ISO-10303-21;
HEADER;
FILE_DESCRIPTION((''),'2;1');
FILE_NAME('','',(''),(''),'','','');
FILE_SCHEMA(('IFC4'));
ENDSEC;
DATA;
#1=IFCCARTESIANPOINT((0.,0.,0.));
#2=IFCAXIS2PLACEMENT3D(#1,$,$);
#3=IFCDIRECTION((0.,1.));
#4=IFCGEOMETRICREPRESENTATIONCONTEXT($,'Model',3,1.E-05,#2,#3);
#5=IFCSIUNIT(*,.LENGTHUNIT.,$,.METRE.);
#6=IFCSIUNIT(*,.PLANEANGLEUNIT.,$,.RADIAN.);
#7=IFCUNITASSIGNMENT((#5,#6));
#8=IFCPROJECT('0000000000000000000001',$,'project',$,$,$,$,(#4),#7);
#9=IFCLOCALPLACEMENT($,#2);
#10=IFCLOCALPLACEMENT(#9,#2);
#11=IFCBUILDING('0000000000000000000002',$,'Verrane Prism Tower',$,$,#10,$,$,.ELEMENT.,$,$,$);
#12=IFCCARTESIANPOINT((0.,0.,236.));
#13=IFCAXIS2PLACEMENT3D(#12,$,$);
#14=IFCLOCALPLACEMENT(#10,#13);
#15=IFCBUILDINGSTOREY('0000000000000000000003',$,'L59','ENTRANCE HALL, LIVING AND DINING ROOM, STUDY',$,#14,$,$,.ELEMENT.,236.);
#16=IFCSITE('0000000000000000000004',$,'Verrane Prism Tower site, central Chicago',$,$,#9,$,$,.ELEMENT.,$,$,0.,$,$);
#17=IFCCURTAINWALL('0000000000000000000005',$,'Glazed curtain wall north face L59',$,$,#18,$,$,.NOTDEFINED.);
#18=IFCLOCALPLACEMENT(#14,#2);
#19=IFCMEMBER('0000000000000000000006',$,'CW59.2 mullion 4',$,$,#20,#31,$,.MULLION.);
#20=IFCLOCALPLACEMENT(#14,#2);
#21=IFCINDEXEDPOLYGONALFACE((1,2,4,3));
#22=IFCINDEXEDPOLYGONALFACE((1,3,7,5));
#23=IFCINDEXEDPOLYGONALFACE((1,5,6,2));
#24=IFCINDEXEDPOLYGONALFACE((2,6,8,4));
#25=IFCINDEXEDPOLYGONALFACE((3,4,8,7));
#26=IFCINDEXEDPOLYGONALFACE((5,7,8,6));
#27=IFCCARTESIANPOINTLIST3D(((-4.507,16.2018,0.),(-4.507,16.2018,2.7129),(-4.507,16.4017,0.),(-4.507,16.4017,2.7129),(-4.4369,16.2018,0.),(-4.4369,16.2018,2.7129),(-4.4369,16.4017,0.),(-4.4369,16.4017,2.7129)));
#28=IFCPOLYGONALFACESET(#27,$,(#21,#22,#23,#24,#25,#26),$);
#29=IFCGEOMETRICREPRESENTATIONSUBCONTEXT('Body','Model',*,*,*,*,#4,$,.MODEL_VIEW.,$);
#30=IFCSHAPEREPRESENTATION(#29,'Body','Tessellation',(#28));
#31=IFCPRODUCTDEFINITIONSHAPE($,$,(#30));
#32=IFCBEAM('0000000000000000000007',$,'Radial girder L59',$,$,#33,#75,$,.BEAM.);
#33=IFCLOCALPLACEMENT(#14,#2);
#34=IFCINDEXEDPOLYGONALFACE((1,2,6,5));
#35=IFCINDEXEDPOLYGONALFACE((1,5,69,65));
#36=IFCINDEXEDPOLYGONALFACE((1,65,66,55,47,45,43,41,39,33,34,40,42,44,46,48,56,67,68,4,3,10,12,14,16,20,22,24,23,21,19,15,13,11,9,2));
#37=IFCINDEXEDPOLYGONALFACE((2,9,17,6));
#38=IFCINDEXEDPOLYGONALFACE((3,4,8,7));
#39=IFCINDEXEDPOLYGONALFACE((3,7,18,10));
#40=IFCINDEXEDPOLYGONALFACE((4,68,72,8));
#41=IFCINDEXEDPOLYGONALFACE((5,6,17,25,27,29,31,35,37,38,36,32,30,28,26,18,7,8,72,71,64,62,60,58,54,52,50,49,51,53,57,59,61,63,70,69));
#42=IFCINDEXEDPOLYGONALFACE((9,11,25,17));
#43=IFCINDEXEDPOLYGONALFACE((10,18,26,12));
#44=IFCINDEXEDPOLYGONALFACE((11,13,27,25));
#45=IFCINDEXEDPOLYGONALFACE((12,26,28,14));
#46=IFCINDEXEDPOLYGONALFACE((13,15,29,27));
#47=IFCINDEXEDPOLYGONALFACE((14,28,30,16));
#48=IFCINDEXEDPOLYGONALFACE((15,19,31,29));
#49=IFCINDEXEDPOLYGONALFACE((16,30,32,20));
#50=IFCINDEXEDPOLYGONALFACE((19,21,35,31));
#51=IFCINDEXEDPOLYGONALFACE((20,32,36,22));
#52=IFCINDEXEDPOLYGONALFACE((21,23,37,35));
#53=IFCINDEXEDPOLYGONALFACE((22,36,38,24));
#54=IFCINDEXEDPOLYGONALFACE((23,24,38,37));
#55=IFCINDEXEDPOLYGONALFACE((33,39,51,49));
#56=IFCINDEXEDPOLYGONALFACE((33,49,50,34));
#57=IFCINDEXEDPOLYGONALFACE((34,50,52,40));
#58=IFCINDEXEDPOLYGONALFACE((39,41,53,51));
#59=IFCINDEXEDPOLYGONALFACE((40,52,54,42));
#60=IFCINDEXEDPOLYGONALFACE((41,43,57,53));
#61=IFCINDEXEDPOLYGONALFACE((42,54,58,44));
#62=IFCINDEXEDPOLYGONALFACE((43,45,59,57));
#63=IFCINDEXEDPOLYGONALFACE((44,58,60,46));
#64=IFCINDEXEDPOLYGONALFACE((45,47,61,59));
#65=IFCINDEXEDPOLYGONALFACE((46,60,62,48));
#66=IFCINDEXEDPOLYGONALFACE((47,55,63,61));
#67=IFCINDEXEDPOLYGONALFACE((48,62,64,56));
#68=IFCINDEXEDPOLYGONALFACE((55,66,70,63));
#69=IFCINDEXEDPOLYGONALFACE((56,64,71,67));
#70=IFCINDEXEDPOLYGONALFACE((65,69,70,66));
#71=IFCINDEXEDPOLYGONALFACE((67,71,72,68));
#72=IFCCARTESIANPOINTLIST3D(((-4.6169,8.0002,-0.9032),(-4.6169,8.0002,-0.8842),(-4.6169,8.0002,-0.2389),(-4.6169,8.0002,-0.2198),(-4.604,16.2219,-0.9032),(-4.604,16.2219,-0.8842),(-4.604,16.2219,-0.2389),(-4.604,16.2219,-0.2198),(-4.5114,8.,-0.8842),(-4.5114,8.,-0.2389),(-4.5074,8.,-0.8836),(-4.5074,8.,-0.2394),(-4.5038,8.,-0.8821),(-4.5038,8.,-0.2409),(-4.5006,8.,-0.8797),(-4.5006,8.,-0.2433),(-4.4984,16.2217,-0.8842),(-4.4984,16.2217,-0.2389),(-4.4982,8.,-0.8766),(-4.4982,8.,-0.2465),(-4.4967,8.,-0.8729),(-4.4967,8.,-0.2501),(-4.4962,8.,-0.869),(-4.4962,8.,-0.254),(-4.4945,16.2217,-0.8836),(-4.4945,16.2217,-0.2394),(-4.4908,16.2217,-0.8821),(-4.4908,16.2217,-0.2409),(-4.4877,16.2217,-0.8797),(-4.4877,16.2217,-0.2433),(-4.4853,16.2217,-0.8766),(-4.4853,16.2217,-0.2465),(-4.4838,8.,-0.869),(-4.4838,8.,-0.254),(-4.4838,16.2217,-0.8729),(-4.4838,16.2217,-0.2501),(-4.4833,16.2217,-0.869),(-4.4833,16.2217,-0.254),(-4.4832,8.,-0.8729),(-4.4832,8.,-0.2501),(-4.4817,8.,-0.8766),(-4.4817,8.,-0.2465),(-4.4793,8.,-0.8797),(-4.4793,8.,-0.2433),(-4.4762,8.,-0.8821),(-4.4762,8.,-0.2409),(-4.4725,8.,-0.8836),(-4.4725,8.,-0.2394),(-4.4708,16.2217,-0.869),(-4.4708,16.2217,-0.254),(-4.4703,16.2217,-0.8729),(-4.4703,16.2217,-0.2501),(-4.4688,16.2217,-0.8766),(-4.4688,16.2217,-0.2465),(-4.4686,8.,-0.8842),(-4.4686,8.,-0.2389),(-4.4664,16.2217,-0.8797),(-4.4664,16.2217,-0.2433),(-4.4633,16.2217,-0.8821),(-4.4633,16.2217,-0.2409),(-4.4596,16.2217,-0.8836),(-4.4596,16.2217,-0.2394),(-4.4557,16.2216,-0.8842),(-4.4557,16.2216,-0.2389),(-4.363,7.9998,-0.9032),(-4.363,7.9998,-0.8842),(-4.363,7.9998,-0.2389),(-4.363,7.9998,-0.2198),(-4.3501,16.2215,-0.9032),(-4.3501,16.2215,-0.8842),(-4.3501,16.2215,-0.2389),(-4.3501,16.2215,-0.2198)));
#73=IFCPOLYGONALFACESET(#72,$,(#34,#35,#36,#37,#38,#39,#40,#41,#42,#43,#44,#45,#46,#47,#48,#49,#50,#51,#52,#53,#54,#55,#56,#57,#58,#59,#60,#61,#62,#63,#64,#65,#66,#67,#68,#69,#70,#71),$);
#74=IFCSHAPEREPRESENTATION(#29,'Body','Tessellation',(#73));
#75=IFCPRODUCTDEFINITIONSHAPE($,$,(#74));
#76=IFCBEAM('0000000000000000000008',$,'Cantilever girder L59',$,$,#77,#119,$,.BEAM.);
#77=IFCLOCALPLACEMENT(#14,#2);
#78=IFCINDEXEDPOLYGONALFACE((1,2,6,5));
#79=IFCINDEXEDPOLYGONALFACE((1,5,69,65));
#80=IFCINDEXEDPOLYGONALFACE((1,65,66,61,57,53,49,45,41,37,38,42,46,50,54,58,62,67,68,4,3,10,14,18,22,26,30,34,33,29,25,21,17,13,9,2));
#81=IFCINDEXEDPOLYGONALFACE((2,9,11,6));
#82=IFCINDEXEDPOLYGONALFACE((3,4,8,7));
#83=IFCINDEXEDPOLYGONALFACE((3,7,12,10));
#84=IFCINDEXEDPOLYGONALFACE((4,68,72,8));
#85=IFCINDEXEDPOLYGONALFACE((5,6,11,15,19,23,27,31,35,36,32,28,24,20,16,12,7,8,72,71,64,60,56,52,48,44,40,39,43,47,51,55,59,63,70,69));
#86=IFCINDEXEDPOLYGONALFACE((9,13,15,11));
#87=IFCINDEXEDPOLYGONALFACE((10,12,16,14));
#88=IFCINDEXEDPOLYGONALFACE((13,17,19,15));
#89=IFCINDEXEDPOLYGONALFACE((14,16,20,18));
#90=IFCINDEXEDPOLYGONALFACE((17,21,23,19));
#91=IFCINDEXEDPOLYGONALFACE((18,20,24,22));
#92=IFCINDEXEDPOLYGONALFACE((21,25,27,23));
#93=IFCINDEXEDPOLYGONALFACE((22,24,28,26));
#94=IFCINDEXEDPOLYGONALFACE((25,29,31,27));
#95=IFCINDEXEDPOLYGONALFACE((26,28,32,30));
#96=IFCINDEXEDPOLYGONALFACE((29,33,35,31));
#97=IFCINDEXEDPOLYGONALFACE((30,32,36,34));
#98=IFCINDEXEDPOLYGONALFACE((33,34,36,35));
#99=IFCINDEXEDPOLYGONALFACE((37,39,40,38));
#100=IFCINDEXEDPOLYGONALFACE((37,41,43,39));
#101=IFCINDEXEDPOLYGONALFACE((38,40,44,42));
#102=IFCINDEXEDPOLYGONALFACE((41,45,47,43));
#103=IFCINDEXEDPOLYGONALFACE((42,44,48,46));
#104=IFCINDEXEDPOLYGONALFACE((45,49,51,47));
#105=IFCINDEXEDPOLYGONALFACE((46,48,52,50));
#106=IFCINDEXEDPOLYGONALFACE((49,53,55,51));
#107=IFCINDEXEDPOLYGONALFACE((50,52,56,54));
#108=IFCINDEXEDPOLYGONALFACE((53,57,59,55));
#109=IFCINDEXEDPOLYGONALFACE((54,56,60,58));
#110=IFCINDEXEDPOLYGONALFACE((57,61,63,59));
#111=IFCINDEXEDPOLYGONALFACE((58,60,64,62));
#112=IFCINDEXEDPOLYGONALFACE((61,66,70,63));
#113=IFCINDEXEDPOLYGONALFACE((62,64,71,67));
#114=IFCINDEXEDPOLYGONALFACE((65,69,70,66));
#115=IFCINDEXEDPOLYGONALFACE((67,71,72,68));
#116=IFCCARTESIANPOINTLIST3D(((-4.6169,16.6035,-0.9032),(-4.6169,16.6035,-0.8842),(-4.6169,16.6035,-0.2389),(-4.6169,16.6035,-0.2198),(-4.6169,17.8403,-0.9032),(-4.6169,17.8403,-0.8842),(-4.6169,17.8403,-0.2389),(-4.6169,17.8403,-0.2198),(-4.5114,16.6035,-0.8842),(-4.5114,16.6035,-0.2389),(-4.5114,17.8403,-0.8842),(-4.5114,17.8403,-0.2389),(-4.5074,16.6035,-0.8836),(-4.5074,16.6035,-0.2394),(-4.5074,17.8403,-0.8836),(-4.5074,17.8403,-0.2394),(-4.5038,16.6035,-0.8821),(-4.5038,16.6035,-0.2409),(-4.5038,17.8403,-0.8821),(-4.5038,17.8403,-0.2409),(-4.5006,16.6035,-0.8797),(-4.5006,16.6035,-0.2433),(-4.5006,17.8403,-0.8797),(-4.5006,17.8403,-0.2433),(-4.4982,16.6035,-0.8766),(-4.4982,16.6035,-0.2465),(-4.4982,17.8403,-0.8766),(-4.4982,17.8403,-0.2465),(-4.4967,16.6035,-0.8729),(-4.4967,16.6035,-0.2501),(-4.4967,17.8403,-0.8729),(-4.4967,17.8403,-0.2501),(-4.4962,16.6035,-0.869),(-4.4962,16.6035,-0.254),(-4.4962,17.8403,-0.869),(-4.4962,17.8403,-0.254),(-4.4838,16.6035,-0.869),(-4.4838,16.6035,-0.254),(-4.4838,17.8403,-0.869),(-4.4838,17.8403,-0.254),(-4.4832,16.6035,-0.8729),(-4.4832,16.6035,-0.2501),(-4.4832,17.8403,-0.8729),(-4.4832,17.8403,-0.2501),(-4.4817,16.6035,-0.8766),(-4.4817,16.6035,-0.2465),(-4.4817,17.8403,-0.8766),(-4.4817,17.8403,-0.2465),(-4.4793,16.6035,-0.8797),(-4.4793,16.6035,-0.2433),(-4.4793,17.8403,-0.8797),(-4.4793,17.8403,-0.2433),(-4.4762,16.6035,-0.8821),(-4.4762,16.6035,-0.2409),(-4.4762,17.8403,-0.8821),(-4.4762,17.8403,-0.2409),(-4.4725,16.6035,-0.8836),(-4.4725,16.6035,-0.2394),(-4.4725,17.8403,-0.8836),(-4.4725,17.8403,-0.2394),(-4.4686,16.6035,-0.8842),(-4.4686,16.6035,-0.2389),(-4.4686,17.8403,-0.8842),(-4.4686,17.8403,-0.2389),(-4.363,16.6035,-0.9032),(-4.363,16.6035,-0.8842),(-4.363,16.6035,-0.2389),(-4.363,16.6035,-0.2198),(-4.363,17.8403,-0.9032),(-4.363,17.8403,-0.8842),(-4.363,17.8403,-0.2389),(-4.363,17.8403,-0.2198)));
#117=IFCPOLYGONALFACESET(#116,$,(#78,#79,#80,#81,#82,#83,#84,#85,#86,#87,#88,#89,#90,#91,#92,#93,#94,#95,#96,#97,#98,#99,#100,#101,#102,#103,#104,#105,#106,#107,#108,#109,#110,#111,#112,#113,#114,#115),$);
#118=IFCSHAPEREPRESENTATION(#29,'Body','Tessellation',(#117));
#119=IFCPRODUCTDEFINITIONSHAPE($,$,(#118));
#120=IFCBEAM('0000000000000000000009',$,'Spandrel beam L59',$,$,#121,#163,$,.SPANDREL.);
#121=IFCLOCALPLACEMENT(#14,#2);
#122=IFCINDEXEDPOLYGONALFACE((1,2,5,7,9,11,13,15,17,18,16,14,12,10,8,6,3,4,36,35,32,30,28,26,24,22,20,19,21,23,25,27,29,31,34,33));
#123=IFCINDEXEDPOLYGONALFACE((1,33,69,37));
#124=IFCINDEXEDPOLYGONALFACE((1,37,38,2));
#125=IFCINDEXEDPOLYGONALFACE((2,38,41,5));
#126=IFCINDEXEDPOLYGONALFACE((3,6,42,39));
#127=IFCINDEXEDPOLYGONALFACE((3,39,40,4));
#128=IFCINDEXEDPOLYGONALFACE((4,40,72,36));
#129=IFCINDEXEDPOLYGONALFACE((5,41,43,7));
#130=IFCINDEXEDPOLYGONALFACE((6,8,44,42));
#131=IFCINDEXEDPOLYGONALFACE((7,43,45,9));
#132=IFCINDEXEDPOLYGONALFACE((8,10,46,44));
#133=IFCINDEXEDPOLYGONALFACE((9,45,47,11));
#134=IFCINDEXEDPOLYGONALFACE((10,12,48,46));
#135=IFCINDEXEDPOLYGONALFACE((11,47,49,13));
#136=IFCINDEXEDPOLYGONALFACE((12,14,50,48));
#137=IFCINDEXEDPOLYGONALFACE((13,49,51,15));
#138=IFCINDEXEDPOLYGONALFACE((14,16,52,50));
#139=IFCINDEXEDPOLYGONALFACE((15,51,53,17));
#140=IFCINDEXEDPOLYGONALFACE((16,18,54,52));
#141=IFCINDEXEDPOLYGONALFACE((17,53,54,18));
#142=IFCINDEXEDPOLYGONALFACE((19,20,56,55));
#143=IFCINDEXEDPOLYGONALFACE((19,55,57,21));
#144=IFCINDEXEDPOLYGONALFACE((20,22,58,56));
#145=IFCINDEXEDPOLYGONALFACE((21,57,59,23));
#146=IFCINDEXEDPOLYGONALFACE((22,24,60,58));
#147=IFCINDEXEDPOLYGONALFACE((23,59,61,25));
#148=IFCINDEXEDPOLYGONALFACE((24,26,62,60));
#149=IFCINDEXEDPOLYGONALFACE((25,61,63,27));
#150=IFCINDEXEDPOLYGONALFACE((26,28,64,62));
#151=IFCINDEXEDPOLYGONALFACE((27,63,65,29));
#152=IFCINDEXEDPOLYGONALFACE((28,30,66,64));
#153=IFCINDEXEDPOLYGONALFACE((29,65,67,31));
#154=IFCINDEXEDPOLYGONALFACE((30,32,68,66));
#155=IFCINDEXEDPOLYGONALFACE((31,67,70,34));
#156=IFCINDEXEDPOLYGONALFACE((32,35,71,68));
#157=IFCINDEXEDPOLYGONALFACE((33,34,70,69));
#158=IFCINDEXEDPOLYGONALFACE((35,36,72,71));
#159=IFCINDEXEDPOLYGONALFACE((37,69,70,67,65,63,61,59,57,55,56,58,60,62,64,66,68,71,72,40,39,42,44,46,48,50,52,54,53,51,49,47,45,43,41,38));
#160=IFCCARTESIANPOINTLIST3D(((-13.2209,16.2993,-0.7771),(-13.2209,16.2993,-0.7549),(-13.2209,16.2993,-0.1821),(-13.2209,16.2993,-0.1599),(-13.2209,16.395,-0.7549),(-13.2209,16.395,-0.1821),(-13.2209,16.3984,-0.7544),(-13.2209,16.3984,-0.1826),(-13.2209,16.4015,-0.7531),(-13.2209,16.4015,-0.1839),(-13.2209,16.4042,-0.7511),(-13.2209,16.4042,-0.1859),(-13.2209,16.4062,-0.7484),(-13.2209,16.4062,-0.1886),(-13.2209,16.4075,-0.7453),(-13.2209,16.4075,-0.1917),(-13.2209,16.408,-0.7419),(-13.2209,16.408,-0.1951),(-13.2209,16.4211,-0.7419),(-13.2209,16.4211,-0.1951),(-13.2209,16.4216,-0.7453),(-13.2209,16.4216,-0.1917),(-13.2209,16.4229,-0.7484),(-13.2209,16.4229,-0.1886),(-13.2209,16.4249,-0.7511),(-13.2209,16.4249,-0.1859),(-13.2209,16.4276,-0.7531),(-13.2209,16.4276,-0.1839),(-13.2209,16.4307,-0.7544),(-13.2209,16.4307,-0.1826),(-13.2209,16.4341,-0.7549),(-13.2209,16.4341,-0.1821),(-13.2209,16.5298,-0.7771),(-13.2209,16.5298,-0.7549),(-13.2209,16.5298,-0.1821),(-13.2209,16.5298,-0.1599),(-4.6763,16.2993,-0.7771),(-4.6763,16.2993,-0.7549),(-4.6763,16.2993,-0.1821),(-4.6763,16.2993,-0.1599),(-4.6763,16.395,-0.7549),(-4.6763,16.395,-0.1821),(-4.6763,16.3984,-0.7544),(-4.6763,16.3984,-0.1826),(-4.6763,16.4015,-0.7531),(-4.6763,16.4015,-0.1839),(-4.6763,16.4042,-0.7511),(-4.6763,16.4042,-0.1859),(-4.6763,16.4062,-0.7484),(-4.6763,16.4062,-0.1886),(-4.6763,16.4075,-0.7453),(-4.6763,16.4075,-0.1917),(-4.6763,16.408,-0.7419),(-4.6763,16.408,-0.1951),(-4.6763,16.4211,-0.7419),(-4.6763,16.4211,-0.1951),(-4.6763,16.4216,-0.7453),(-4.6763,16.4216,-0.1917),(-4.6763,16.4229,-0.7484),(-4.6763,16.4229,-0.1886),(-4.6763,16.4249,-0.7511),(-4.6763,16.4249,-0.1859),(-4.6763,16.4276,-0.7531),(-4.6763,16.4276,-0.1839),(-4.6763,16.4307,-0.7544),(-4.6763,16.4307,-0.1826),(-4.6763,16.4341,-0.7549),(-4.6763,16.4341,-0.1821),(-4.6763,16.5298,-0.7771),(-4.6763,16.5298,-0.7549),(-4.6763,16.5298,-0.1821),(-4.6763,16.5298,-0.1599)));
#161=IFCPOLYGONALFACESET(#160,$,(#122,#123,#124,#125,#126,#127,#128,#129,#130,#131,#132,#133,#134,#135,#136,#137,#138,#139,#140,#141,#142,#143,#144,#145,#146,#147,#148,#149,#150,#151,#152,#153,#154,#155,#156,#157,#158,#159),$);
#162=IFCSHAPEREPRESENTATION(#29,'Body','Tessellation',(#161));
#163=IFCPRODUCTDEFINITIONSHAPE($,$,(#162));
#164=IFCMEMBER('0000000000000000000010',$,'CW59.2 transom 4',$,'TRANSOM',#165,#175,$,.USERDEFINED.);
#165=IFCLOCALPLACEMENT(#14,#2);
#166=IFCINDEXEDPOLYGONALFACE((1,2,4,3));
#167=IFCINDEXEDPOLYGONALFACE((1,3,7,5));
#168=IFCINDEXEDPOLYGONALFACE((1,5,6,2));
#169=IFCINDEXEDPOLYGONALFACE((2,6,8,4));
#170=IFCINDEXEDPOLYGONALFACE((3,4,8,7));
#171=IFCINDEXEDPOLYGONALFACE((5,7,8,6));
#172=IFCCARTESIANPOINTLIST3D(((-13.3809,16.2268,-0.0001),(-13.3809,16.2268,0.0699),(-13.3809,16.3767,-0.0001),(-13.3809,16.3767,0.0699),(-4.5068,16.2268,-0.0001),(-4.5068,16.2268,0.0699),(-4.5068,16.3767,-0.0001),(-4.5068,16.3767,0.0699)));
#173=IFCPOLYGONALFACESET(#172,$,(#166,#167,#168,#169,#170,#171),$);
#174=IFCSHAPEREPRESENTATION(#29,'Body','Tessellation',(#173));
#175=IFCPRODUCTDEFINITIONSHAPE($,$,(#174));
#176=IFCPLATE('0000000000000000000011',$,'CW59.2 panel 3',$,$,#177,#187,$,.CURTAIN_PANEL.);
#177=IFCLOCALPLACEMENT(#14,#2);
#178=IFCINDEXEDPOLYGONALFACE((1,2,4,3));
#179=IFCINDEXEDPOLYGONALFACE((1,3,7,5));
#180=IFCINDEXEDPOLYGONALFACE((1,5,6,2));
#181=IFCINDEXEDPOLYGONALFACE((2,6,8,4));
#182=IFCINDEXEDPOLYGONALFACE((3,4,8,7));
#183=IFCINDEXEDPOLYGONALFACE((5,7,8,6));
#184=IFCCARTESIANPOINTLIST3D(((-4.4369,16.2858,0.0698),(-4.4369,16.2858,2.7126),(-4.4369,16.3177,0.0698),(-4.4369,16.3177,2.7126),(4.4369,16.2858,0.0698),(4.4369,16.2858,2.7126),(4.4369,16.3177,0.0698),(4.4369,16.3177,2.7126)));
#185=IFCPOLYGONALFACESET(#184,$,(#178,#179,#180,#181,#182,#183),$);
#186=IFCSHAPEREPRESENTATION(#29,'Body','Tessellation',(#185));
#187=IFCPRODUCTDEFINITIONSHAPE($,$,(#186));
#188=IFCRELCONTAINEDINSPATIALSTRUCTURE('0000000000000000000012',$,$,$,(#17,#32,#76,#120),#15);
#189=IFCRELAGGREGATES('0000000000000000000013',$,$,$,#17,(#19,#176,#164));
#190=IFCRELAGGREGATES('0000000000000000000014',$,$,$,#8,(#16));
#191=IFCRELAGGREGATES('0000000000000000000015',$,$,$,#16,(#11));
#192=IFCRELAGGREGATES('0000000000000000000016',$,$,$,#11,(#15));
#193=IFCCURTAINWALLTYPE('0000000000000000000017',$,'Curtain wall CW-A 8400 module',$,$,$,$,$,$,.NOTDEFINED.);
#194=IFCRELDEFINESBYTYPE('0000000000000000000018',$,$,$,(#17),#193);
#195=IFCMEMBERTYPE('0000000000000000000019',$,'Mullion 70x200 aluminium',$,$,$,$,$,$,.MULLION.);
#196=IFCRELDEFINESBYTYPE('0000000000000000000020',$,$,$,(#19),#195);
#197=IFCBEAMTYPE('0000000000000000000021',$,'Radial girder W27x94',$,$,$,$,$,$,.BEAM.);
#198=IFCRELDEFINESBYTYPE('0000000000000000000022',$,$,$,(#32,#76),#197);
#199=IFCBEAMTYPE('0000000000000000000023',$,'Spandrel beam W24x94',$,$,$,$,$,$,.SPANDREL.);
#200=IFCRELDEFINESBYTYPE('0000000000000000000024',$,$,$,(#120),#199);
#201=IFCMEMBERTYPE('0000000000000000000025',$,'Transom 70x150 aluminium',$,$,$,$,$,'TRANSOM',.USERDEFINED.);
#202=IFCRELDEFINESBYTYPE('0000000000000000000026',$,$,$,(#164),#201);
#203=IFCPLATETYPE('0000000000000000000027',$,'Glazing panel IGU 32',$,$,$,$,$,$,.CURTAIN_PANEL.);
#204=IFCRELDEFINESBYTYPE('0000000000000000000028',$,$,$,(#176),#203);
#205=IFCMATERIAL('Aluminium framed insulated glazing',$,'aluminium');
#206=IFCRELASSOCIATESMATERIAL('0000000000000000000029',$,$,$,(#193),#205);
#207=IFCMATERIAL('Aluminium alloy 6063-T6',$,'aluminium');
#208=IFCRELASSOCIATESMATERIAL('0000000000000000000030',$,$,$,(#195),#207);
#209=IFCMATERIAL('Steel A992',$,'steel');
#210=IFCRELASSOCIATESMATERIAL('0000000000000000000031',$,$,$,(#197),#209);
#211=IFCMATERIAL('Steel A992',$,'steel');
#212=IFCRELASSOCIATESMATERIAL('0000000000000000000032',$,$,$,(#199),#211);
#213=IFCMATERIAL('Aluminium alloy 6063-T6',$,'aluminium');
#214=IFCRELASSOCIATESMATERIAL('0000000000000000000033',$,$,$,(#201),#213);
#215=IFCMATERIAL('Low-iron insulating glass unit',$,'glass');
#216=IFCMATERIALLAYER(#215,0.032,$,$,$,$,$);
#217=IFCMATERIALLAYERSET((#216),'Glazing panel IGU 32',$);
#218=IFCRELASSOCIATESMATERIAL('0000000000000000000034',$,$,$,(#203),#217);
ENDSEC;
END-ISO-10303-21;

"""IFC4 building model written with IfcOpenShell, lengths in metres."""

from ifc_helpers import new_model, si_unit, direction, frame, origin, origin_2d, place, context, subcontext, project, spatial, rectangle, i_section, extrude, material, layer, layer_set, material_profile, profile_set, type_object, element, aggregate, save


model = new_model("IFC4")

# Units and contexts
model_context = context("Model", 3, precision=1e-05, world=origin(), true_north=direction((0.0, 1.0)))
body_context = subcontext(model_context, "Body", "Model", "MODEL_VIEW")
ifc_project = project(units=[si_unit("LENGTHUNIT", "METRE"), si_unit("PLANEANGLEUNIT", "RADIAN")], contexts=[model_context])

# Site, building, storey
site_placement = place(None, origin())
site = spatial("IfcSite", under=ifc_project, at=site_placement, Name="Verrane Prism Tower site, central Chicago", CompositionType="ELEMENT", RefElevation=0.0)
building_placement = place(site_placement, origin())
building = spatial("IfcBuilding", under=site, at=building_placement, Name="Verrane Prism Tower", CompositionType="ELEMENT")
storey_placement = place(building_placement, frame((0.0, 0.0, 236.0)))
storey = spatial("IfcBuildingStorey", under=building, at=storey_placement, Name="L59", Description="ENTRANCE HALL, LIVING AND DINING ROOM, STUDY", CompositionType="ELEMENT", Elevation=236.0)

# Curtain wall, member
ifc_material_1 = material(Name="Aluminium framed insulated glazing", Category="aluminium")
curtain_wall_type = type_object("IfcCurtainWallType", Name="Curtain wall CW-A 8400 module", PredefinedType="NOTDEFINED", material=ifc_material_1)
curtain_wall_placement = place(storey_placement, origin())
curtain_wall = element("IfcCurtainWall", 1, at=curtain_wall_placement, inside=storey, type_object=curtain_wall_type, Name="Glazed curtain wall north face L59", PredefinedType="NOTDEFINED")
ifc_material_2 = material(Name="Aluminium alloy 6063-T6", Category="aluminium")
ifc_material_profile_1 = material_profile(ifc_material_2, rectangle(XDim=0.2, YDim=0.0701, at=origin_2d()), Name="Mullion 70x200 aluminium")
ifc_profile_set_1 = profile_set([ifc_material_profile_1], Name="Aluminium alloy 6063-T6")
member_type_1 = type_object("IfcMemberType", Name="Mullion 70x200 aluminium", PredefinedType="MULLION", material=ifc_profile_set_1)
member_1_placement = place(storey_placement, frame((-4.4719, 16.3018, 0.0), z_axis=(0.0, 0.0, 1.0), x_axis=(0.0, -1.0, 0.0)))
member_1 = element("IfcMember", 2, at=member_1_placement, type_object=member_type_1, Name="CW59.2 mullion 4", PredefinedType="MULLION", context=body_context, shape_type="SweptSolid", body=[
    extrude(rectangle(XDim=0.2, YDim=0.0701, at=origin_2d()), origin(), (0.0, 0.0, 1.0), 2.7129),
])

# Beams
ifc_material_3 = material(Name="Steel A992", Category="steel")
ifc_material_profile_2 = material_profile(ifc_material_3, i_section(OverallWidth=0.2539, OverallDepth=0.6833, WebThickness=0.0125, FlangeThickness=0.019, FilletRadius=0.0151, at=origin_2d()), Name="W27x94")
ifc_profile_set_2 = profile_set([ifc_material_profile_2], Name="Steel A992")
beam_type_1 = type_object("IfcBeamType", Name="Radial girder W27x94", PredefinedType="BEAM", material=ifc_profile_set_2)
beam_1_placement = place(storey_placement, frame((-4.4771, 16.2217, -0.5615), z_axis=(-0.001574, -0.999999, 0.0), x_axis=(0.999999, -0.001574, 0.0)))
element("IfcBeam", 3, at=beam_1_placement, inside=storey, type_object=beam_type_1, Name="Radial girder L59", PredefinedType="BEAM", context=body_context, shape_type="SweptSolid", body=[
    extrude(i_section(OverallWidth=0.2539, OverallDepth=0.6833, WebThickness=0.0125, FlangeThickness=0.019, FilletRadius=0.0151, at=origin_2d()), origin(), (0.0, 0.0, 1.0), 8.2217),
])
beam_2_placement = place(storey_placement, frame((-4.49, 16.6035, -0.5615), z_axis=(0.0, 1.0, 0.0), x_axis=(-1.0, 0.0, 0.0)))
element("IfcBeam", 4, at=beam_2_placement, inside=storey, type_object=beam_type_1, Name="Cantilever girder L59", PredefinedType="BEAM", context=body_context, shape_type="SweptSolid", body=[
    extrude(i_section(OverallWidth=0.2539, OverallDepth=0.6833, WebThickness=0.0125, FlangeThickness=0.019, FilletRadius=0.0151, at=origin_2d()), origin(), (0.0, 0.0, 1.0), 1.2368),
])
ifc_material_4 = material(Name="Steel A992", Category="steel")
ifc_material_profile_3 = material_profile(ifc_material_4, i_section(OverallWidth=0.2305, OverallDepth=0.6172, WebThickness=0.0132, FlangeThickness=0.0222, FilletRadius=0.0129, at=origin_2d()), Name="W24x94")
ifc_profile_set_3 = profile_set([ifc_material_profile_3], Name="Steel A992")
beam_type_2 = type_object("IfcBeamType", Name="Spandrel beam W24x94", PredefinedType="SPANDREL", material=ifc_profile_set_3)
beam_3_placement = place(storey_placement, frame((-4.6763, 16.4146, -0.4685), z_axis=(-1.0, 0.0, 0.0), x_axis=(0.0, -1.0, 0.0)))
element("IfcBeam", 5, at=beam_3_placement, inside=storey, type_object=beam_type_2, Name="Spandrel beam L59", PredefinedType="SPANDREL", context=body_context, shape_type="SweptSolid", body=[
    extrude(i_section(OverallWidth=0.2305, OverallDepth=0.6172, WebThickness=0.0132, FlangeThickness=0.0222, FilletRadius=0.0129, at=origin_2d()), origin(), (0.0, 0.0, 1.0), 8.5447),
])

# Member
ifc_material_5 = material(Name="Aluminium alloy 6063-T6", Category="aluminium")
ifc_material_profile_4 = material_profile(ifc_material_5, rectangle(XDim=0.1499, YDim=0.0701, at=origin_2d()), Name="Transom 70x150 aluminium")
ifc_profile_set_4 = profile_set([ifc_material_profile_4], Name="Aluminium alloy 6063-T6")
member_type_2 = type_object("IfcMemberType", Name="Transom 70x150 aluminium", ElementType="TRANSOM", PredefinedType="USERDEFINED", material=ifc_profile_set_4)
member_2_placement = place(storey_placement, frame((-4.5068, 16.3018, 0.0349), z_axis=(-1.0, 0.0, 0.0), x_axis=(0.0, -1.0, 0.0)))
member_2 = element("IfcMember", 6, at=member_2_placement, type_object=member_type_2, Name="CW59.2 transom 4", ObjectType="TRANSOM", PredefinedType="USERDEFINED", context=body_context, shape_type="SweptSolid", body=[
    extrude(rectangle(XDim=0.1499, YDim=0.0701, at=origin_2d()), origin(), (0.0, 0.0, 1.0), 8.874),
])

# Plate
ifc_material_6 = material(Name="Low-iron insulating glass unit", Category="glass")
ifc_layer_1 = layer(ifc_material_6, 0.032)
ifc_layer_set_1 = layer_set([ifc_layer_1], Name="Glazing panel IGU 32")
plate_type = type_object("IfcPlateType", Name="Glazing panel IGU 32", PredefinedType="CURTAIN_PANEL", material=ifc_layer_set_1)
plate_1_placement = place(storey_placement, frame((0.0, 16.3018, 0.0698), z_axis=(0.0, 0.0, 1.0), x_axis=(-1.0, 0.0, 0.0)))
plate_1 = element("IfcPlate", 7, at=plate_1_placement, type_object=plate_type, Name="CW59.2 panel 3", PredefinedType="CURTAIN_PANEL", context=body_context, shape_type="SweptSolid", body=[
    extrude(rectangle(XDim=8.8738, YDim=0.032, at=origin_2d()), origin(), (0.0, 0.0, 1.0), 2.6428),
])
aggregate(curtain_wall, [member_1, plate_1, member_2])

save(model, "model.ifc")
